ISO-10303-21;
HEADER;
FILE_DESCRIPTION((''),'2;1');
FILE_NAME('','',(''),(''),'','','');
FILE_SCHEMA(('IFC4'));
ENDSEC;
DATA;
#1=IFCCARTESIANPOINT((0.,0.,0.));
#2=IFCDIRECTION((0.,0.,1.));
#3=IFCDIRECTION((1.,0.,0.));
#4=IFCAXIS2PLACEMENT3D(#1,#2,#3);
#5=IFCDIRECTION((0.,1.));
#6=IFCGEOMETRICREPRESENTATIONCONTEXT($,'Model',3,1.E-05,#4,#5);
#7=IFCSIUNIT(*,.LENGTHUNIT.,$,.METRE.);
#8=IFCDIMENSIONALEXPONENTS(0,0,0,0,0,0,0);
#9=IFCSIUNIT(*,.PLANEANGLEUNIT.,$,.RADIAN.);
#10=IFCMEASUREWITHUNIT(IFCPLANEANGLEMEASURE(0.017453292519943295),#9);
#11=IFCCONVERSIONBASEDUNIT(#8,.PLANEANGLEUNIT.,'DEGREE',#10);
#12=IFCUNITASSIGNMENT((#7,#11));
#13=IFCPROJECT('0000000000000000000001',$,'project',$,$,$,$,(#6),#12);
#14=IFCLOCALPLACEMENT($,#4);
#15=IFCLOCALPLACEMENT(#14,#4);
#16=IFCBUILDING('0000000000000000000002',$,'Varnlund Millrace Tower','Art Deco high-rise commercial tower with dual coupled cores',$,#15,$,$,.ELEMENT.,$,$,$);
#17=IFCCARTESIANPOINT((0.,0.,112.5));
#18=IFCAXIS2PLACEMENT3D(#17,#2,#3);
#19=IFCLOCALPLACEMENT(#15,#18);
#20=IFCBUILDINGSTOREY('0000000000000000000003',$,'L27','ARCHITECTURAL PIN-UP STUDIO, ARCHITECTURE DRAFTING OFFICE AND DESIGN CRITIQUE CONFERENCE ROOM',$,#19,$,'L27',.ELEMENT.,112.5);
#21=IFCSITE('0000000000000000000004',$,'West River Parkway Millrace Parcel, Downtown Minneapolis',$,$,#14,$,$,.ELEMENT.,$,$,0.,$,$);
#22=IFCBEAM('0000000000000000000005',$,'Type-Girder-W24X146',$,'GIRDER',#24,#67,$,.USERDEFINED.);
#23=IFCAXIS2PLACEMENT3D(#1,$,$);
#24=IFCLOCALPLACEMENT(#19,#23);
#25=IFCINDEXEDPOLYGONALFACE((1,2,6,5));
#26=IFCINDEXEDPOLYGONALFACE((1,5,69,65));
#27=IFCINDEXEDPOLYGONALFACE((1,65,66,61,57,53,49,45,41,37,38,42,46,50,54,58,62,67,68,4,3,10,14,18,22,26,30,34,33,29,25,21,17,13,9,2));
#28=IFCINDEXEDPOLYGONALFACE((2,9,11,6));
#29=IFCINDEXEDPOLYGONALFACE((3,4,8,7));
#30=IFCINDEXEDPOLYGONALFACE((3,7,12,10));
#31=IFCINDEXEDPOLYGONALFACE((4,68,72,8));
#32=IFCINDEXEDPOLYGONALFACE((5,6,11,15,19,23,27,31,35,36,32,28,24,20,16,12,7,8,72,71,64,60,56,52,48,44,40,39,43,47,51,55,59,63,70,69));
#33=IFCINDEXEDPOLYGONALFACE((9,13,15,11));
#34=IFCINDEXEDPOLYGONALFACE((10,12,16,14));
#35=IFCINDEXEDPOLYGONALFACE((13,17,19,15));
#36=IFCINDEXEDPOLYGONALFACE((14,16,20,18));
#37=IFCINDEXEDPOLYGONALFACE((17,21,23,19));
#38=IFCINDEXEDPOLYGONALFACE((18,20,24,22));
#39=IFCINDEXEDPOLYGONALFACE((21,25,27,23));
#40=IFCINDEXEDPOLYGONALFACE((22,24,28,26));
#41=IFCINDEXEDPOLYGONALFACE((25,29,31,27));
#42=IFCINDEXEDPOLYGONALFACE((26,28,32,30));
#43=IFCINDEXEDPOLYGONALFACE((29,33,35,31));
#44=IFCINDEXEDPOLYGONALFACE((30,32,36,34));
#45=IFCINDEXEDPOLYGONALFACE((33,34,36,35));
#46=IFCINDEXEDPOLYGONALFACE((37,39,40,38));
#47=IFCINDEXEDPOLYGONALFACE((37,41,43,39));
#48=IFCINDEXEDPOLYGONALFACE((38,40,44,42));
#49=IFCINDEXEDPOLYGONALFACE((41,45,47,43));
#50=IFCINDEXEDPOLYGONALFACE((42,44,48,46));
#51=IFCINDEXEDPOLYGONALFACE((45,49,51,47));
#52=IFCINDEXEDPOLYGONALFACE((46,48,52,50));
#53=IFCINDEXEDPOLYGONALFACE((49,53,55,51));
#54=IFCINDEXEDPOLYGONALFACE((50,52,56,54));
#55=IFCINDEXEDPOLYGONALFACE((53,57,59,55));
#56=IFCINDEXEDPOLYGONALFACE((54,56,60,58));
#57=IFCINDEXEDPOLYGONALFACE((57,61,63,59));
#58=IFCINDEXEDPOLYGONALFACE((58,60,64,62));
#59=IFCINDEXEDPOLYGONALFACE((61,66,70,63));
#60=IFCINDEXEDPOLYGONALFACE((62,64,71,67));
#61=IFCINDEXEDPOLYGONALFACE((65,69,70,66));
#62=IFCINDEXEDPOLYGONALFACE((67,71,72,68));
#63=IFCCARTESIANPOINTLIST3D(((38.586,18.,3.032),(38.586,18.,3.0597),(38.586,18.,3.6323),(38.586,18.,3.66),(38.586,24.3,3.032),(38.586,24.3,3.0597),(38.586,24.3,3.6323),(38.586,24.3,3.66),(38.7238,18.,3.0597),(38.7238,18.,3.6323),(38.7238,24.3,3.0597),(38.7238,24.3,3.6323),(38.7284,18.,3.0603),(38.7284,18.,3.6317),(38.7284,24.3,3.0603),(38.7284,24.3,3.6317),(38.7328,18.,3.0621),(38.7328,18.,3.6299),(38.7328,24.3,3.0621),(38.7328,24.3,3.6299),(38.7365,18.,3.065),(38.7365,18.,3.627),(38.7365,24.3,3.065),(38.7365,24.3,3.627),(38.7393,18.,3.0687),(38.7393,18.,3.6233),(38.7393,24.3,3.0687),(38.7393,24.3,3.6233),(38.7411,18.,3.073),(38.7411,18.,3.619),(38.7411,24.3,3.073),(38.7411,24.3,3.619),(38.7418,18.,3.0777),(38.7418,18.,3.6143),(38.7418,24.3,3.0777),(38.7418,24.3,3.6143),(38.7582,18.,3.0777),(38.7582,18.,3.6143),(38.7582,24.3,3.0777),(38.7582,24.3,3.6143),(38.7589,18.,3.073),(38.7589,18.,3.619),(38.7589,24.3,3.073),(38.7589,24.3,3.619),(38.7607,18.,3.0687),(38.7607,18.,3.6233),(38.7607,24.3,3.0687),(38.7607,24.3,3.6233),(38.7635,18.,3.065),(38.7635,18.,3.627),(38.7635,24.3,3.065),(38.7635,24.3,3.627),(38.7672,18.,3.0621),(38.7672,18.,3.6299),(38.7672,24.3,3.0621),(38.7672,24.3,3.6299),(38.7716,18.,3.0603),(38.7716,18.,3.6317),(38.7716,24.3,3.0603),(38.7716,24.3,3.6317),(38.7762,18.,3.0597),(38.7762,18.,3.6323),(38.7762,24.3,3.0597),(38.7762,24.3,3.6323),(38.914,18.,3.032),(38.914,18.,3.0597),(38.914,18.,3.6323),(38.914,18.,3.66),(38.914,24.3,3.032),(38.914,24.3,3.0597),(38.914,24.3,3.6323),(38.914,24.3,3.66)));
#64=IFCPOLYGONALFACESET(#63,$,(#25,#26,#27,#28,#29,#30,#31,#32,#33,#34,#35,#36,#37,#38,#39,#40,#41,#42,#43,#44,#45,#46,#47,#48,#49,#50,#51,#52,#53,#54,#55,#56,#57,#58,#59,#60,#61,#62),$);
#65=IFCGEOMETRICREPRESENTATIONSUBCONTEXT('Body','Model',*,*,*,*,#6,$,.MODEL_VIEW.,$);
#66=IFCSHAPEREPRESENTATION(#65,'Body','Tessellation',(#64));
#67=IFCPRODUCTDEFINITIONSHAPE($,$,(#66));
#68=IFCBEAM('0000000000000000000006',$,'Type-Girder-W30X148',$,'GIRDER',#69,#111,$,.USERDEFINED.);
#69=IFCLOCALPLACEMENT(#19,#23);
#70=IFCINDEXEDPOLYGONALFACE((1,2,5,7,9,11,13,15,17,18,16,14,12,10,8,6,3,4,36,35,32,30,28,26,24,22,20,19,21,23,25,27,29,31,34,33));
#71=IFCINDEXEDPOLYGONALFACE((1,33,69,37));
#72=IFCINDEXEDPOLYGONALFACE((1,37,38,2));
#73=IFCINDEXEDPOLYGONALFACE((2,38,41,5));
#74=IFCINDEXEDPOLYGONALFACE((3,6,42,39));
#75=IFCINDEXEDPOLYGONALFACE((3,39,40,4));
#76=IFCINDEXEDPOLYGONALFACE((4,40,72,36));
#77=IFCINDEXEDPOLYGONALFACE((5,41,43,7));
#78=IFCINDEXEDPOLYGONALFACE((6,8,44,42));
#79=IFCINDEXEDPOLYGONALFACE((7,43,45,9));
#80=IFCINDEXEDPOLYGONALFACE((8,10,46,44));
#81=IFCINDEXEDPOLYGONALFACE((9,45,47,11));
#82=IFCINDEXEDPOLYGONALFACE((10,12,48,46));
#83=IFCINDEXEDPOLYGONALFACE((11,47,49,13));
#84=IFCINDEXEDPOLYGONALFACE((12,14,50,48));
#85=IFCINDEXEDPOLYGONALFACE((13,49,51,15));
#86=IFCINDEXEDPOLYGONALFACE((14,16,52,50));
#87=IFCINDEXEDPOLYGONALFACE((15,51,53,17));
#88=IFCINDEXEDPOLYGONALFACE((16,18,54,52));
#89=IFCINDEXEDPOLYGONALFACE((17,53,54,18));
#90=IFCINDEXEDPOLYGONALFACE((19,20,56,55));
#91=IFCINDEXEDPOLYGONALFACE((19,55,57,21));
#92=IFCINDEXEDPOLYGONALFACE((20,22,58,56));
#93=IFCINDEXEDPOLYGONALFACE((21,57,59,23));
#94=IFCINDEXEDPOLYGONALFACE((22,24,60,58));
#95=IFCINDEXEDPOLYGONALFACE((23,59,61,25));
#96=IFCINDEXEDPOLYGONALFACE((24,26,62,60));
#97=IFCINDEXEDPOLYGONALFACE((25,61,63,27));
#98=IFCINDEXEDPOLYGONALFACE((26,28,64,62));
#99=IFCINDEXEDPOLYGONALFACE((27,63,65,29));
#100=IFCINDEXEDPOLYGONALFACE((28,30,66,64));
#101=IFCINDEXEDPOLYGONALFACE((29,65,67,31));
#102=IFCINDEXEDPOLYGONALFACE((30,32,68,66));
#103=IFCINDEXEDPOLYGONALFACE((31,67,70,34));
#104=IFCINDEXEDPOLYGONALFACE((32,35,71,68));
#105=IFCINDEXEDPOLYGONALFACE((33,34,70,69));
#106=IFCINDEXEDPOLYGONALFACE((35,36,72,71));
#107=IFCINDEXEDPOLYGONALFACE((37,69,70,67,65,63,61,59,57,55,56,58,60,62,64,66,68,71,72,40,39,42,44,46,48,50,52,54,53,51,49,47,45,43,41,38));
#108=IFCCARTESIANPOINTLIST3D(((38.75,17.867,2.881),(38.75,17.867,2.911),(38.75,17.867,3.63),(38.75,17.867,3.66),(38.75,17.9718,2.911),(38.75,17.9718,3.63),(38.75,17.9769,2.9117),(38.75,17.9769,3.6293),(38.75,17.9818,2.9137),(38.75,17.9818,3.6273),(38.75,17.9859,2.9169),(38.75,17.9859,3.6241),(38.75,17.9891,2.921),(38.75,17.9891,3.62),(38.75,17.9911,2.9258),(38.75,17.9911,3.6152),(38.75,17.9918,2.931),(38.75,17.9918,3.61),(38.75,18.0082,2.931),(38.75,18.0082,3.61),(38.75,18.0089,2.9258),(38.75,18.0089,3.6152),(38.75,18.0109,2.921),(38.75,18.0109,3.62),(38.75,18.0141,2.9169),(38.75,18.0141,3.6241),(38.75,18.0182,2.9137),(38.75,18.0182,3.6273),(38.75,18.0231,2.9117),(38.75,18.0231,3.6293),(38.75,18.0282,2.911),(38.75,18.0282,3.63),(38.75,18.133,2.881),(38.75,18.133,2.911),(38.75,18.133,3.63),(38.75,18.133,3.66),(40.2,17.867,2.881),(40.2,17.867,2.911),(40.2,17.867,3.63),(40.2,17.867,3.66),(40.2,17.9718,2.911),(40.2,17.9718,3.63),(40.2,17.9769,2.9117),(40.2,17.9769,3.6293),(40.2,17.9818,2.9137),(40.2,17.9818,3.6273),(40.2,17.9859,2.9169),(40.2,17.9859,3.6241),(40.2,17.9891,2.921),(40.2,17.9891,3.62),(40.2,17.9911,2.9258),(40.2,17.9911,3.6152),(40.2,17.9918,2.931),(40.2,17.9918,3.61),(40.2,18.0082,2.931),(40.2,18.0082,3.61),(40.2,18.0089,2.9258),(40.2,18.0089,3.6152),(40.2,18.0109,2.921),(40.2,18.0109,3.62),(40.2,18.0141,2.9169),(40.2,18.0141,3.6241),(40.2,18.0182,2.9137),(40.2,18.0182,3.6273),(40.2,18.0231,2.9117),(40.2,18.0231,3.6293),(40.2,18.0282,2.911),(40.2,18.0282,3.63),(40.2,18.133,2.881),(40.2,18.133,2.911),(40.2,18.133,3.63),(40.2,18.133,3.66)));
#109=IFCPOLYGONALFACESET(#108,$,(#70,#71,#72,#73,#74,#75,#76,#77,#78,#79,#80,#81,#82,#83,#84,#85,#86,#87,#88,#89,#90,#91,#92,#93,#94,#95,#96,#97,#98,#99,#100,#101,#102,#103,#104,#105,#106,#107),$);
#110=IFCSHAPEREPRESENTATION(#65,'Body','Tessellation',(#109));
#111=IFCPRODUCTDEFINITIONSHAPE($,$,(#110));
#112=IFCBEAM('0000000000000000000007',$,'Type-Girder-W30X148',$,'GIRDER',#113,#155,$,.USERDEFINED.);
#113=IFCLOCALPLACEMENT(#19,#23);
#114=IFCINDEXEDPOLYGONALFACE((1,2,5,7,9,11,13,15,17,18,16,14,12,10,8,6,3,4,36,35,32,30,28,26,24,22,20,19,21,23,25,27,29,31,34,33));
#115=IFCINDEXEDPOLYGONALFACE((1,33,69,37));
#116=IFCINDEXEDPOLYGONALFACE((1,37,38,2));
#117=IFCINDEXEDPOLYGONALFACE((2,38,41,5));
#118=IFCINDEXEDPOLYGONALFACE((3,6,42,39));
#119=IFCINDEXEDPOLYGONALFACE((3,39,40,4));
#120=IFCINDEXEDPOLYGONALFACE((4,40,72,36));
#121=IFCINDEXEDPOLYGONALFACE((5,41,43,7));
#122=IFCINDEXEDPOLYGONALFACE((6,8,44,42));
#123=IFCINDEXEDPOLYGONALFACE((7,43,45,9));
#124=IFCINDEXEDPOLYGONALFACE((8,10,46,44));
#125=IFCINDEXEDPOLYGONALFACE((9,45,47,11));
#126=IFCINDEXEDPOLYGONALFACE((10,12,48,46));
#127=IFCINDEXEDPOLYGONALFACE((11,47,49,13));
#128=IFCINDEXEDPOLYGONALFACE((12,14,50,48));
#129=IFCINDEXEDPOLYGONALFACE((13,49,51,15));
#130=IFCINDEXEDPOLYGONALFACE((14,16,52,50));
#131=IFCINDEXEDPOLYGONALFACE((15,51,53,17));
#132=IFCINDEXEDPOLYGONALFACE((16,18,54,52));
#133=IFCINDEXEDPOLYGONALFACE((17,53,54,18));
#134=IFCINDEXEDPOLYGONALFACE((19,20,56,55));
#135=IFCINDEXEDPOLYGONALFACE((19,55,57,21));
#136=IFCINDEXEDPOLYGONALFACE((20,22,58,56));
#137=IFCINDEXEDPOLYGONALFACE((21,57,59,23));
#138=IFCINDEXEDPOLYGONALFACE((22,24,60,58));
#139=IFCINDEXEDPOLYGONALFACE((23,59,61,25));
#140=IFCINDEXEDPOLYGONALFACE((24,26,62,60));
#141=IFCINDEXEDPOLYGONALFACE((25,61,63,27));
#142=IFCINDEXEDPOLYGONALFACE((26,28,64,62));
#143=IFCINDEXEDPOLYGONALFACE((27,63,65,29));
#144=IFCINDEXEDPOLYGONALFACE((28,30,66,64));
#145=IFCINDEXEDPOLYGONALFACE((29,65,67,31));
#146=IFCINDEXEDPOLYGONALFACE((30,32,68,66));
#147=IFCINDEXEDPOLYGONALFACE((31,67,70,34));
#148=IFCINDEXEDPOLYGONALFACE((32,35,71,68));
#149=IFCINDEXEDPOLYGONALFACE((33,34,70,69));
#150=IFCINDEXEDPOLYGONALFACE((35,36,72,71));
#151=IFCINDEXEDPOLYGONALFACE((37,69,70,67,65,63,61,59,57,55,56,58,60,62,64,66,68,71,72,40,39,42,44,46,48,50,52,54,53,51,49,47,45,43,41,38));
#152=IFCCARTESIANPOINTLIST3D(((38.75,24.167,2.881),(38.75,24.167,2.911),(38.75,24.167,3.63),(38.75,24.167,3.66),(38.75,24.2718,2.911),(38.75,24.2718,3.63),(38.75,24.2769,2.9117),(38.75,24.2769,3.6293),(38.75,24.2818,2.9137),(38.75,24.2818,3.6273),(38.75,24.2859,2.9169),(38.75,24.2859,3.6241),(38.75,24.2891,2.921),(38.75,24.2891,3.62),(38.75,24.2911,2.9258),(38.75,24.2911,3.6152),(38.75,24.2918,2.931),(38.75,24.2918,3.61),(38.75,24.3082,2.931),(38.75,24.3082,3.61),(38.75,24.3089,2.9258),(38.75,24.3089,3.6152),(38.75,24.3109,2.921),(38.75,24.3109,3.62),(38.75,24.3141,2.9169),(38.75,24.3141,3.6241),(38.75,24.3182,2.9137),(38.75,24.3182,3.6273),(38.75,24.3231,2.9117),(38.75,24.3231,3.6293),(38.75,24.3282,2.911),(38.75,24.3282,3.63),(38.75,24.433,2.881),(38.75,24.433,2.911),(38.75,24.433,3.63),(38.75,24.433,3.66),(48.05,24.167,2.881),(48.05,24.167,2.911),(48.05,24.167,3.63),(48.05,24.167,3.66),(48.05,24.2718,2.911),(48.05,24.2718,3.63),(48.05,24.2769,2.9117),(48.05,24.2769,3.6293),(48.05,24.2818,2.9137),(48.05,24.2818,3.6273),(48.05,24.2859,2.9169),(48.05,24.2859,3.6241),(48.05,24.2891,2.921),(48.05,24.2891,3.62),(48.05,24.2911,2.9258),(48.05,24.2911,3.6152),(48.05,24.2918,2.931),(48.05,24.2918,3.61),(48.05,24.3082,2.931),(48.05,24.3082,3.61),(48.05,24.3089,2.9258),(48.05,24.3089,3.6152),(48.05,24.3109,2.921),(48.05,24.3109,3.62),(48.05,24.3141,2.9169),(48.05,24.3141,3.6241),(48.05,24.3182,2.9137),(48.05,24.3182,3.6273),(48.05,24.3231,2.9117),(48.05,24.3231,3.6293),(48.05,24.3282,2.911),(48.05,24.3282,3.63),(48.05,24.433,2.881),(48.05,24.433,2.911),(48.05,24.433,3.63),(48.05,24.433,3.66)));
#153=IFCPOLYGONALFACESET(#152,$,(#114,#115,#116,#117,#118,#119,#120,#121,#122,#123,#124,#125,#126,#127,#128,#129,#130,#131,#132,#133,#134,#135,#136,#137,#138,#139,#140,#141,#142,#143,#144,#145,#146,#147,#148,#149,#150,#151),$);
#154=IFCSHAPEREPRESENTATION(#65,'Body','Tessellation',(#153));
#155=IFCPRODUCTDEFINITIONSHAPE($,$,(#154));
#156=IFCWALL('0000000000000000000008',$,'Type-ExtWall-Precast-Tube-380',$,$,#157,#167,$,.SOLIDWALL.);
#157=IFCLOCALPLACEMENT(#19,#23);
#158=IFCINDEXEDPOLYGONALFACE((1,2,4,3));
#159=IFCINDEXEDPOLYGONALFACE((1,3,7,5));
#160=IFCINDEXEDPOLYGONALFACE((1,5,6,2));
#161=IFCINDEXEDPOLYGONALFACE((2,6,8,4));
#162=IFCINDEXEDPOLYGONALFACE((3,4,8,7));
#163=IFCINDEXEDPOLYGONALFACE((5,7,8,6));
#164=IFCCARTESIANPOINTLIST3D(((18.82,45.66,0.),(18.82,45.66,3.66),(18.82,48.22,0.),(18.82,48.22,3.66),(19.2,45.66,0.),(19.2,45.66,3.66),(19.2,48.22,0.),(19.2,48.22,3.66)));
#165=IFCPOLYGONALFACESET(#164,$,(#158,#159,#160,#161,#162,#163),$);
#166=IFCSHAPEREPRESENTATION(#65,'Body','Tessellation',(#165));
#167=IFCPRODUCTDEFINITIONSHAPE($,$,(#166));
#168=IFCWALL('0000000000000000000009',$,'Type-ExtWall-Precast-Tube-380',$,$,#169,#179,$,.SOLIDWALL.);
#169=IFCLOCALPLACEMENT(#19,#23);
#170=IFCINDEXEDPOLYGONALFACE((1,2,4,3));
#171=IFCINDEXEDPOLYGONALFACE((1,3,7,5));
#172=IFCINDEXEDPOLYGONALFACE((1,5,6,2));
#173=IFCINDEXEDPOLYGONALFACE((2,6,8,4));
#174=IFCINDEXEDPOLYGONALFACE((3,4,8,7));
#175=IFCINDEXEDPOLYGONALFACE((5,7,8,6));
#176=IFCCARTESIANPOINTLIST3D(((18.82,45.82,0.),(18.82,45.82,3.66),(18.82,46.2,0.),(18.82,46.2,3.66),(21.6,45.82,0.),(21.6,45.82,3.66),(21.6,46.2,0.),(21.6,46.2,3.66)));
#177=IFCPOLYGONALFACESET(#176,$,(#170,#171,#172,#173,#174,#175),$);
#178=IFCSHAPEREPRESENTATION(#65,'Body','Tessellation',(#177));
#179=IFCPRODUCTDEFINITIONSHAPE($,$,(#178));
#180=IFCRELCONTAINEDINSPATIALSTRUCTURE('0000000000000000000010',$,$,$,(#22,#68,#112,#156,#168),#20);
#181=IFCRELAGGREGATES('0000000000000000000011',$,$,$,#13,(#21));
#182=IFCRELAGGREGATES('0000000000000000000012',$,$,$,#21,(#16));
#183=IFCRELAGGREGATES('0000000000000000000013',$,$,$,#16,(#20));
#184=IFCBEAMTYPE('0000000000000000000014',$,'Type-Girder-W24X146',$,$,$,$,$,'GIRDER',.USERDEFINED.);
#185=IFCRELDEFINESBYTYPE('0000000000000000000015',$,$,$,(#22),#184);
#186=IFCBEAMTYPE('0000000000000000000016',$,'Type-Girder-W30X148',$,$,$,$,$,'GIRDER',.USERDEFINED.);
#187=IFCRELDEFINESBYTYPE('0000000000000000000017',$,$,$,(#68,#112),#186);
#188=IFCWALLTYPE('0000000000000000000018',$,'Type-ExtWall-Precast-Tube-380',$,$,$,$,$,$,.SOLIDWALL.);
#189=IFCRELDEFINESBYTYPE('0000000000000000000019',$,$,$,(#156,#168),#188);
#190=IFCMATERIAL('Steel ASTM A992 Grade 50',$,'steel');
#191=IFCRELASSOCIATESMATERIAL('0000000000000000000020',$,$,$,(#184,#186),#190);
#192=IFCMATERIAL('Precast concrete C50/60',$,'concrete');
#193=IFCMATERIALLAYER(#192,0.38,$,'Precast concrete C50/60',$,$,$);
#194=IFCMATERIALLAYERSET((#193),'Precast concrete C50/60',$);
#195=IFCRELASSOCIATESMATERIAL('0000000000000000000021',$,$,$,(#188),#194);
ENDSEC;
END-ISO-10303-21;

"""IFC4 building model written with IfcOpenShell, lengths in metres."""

from ifc_helpers import new_model, entity, si_unit, converted_unit, direction, frame, origin_with_axes, origin_2d_with_axis, place, context, subcontext, project, spatial, polyline, i_section, outline, extrude, material, layer, layer_set, material_profile, profile_set, type_object, element, save


model = new_model("IFC4")

# Units and contexts
model_context = context("Model", 3, precision=1e-05, world=origin_with_axes(), true_north=direction((0.0, 1.0)))
body_context = subcontext(model_context, "Body", "Model", "MODEL_VIEW")
ifc_project = project(units=[si_unit("LENGTHUNIT", "METRE"), converted_unit("PLANEANGLEUNIT", "DEGREE", entity("IfcPlaneAngleMeasure", 0.017453292519943295), si_unit("PLANEANGLEUNIT", "RADIAN"), dimensions=[0, 0, 0, 0, 0, 0, 0])], contexts=[model_context])

# Site, building, storey
site_placement = place(None, origin_with_axes())
site = spatial("IfcSite", under=ifc_project, at=site_placement, Name="West River Parkway Millrace Parcel, Downtown Minneapolis", CompositionType="ELEMENT", RefElevation=0.0)
building_placement = place(site_placement, origin_with_axes())
building = spatial("IfcBuilding", under=site, at=building_placement, Name="Varnlund Millrace Tower", Description="Art Deco high-rise commercial tower with dual coupled cores", CompositionType="ELEMENT")
storey_placement = place(building_placement, frame((0.0, 0.0, 112.5), z_axis=(0.0, 0.0, 1.0), x_axis=(1.0, 0.0, 0.0)))
storey = spatial("IfcBuildingStorey", under=building, at=storey_placement, Name="L27", Description="ARCHITECTURAL PIN-UP STUDIO, ARCHITECTURE DRAFTING OFFICE AND DESIGN CRITIQUE CONFERENCE ROOM", LongName="L27", CompositionType="ELEMENT", Elevation=112.5)

# Beams
ifc_material_1 = material(Name="Steel ASTM A992 Grade 50", Category="steel")
ifc_material_profile_1 = material_profile(ifc_material_1, i_section(OverallWidth=0.328, OverallDepth=0.628, WebThickness=0.0165, FlangeThickness=0.0277, FilletRadius=0.018, at=origin_2d_with_axis()), Name="Steel ASTM A992 Grade 50")
ifc_profile_set_1 = profile_set([ifc_material_profile_1], Name="Steel ASTM A992 Grade 50")
beam_type_1 = type_object("IfcBeamType", Name="Type-Girder-W24X146", ElementType="GIRDER", PredefinedType="USERDEFINED", material=ifc_profile_set_1)
beam_1_placement = place(storey_placement, frame((38.75, 18.0, 3.346), z_axis=(0.0, 1.0, 0.0), x_axis=(-1.0, 0.0, 0.0)))
element("IfcBeam", 1, at=beam_1_placement, inside=storey, type_object=beam_type_1, Name="Type-Girder-W24X146", ObjectType="GIRDER", PredefinedType="USERDEFINED", context=body_context, shape_type="SweptSolid", body=[
    extrude(i_section(OverallWidth=0.328, OverallDepth=0.628, WebThickness=0.0165, FlangeThickness=0.0277, FilletRadius=0.018, at=origin_2d_with_axis()), origin_with_axes(), (0.0, 0.0, 1.0), 6.3),
])
ifc_material_profile_2 = material_profile(ifc_material_1, i_section(OverallWidth=0.266, OverallDepth=0.779, WebThickness=0.0165, FlangeThickness=0.03, FilletRadius=0.02, at=origin_2d_with_axis()), Name="Steel ASTM A992 Grade 50")
ifc_profile_set_2 = profile_set([ifc_material_profile_2], Name="Steel ASTM A992 Grade 50")
beam_type_2 = type_object("IfcBeamType", Name="Type-Girder-W30X148", ElementType="GIRDER", PredefinedType="USERDEFINED", material=ifc_profile_set_2)
beam_2_placement = place(storey_placement, frame((38.75, 18.0, 3.2705), z_axis=(1.0, 0.0, 0.0), x_axis=(0.0, 1.0, 0.0)))
element("IfcBeam", 2, at=beam_2_placement, inside=storey, type_object=beam_type_2, Name="Type-Girder-W30X148", ObjectType="GIRDER", PredefinedType="USERDEFINED", context=body_context, shape_type="SweptSolid", body=[
    extrude(i_section(OverallWidth=0.266, OverallDepth=0.779, WebThickness=0.0165, FlangeThickness=0.03, FilletRadius=0.02, at=origin_2d_with_axis()), origin_with_axes(), (0.0, 0.0, 1.0), 1.45),
])
beam_3_placement = place(storey_placement, frame((38.75, 24.3, 3.2705), z_axis=(1.0, 0.0, 0.0), x_axis=(0.0, 1.0, 0.0)))
element("IfcBeam", 3, at=beam_3_placement, inside=storey, type_object=beam_type_2, Name="Type-Girder-W30X148", ObjectType="GIRDER", PredefinedType="USERDEFINED", context=body_context, shape_type="SweptSolid", body=[
    extrude(i_section(OverallWidth=0.266, OverallDepth=0.779, WebThickness=0.0165, FlangeThickness=0.03, FilletRadius=0.02, at=origin_2d_with_axis()), origin_with_axes(), (0.0, 0.0, 1.0), 9.3),
])

# Walls
ifc_material_2 = material(Name="Precast concrete C50/60", Category="concrete")
ifc_layer_1 = layer(ifc_material_2, 0.38, Name="Precast concrete C50/60")
ifc_layer_set_1 = layer_set([ifc_layer_1], Name="Precast concrete C50/60")
wall_type_1 = type_object("IfcWallType", Name="Type-ExtWall-Precast-Tube-380", PredefinedType="SOLIDWALL", material=ifc_layer_set_1)
wall_1_placement = place(storey_placement, frame((19.01, 48.22, 0.0), z_axis=(0.0, 0.0, 1.0), x_axis=(0.0, -1.0, 0.0)))
element("IfcWall", 4, at=wall_1_placement, inside=storey, type_object=wall_type_1, Name="Type-ExtWall-Precast-Tube-380", PredefinedType="SOLIDWALL", context=body_context, shape_type="SweptSolid", body=[
    extrude(outline(polyline([(0.0, -0.19), (2.56, -0.19), (2.56, 0.19), (0.0, 0.19), (0.0, -0.19)])), origin_with_axes(), (0.0, 0.0, 1.0), 3.66),
])
wall_2_placement = place(storey_placement, frame((18.82, 46.01, 0.0), z_axis=(0.0, 0.0, 1.0), x_axis=(1.0, 0.0, 0.0)))
element("IfcWall", 5, at=wall_2_placement, inside=storey, type_object=wall_type_1, Name="Type-ExtWall-Precast-Tube-380", PredefinedType="SOLIDWALL", context=body_context, shape_type="SweptSolid", body=[
    extrude(outline(polyline([(0.0, -0.19), (2.78, -0.19), (2.78, 0.19), (0.0, 0.19), (0.0, -0.19)])), origin_with_axes(), (0.0, 0.0, 1.0), 3.66),
])

save(model, "model.ifc")
